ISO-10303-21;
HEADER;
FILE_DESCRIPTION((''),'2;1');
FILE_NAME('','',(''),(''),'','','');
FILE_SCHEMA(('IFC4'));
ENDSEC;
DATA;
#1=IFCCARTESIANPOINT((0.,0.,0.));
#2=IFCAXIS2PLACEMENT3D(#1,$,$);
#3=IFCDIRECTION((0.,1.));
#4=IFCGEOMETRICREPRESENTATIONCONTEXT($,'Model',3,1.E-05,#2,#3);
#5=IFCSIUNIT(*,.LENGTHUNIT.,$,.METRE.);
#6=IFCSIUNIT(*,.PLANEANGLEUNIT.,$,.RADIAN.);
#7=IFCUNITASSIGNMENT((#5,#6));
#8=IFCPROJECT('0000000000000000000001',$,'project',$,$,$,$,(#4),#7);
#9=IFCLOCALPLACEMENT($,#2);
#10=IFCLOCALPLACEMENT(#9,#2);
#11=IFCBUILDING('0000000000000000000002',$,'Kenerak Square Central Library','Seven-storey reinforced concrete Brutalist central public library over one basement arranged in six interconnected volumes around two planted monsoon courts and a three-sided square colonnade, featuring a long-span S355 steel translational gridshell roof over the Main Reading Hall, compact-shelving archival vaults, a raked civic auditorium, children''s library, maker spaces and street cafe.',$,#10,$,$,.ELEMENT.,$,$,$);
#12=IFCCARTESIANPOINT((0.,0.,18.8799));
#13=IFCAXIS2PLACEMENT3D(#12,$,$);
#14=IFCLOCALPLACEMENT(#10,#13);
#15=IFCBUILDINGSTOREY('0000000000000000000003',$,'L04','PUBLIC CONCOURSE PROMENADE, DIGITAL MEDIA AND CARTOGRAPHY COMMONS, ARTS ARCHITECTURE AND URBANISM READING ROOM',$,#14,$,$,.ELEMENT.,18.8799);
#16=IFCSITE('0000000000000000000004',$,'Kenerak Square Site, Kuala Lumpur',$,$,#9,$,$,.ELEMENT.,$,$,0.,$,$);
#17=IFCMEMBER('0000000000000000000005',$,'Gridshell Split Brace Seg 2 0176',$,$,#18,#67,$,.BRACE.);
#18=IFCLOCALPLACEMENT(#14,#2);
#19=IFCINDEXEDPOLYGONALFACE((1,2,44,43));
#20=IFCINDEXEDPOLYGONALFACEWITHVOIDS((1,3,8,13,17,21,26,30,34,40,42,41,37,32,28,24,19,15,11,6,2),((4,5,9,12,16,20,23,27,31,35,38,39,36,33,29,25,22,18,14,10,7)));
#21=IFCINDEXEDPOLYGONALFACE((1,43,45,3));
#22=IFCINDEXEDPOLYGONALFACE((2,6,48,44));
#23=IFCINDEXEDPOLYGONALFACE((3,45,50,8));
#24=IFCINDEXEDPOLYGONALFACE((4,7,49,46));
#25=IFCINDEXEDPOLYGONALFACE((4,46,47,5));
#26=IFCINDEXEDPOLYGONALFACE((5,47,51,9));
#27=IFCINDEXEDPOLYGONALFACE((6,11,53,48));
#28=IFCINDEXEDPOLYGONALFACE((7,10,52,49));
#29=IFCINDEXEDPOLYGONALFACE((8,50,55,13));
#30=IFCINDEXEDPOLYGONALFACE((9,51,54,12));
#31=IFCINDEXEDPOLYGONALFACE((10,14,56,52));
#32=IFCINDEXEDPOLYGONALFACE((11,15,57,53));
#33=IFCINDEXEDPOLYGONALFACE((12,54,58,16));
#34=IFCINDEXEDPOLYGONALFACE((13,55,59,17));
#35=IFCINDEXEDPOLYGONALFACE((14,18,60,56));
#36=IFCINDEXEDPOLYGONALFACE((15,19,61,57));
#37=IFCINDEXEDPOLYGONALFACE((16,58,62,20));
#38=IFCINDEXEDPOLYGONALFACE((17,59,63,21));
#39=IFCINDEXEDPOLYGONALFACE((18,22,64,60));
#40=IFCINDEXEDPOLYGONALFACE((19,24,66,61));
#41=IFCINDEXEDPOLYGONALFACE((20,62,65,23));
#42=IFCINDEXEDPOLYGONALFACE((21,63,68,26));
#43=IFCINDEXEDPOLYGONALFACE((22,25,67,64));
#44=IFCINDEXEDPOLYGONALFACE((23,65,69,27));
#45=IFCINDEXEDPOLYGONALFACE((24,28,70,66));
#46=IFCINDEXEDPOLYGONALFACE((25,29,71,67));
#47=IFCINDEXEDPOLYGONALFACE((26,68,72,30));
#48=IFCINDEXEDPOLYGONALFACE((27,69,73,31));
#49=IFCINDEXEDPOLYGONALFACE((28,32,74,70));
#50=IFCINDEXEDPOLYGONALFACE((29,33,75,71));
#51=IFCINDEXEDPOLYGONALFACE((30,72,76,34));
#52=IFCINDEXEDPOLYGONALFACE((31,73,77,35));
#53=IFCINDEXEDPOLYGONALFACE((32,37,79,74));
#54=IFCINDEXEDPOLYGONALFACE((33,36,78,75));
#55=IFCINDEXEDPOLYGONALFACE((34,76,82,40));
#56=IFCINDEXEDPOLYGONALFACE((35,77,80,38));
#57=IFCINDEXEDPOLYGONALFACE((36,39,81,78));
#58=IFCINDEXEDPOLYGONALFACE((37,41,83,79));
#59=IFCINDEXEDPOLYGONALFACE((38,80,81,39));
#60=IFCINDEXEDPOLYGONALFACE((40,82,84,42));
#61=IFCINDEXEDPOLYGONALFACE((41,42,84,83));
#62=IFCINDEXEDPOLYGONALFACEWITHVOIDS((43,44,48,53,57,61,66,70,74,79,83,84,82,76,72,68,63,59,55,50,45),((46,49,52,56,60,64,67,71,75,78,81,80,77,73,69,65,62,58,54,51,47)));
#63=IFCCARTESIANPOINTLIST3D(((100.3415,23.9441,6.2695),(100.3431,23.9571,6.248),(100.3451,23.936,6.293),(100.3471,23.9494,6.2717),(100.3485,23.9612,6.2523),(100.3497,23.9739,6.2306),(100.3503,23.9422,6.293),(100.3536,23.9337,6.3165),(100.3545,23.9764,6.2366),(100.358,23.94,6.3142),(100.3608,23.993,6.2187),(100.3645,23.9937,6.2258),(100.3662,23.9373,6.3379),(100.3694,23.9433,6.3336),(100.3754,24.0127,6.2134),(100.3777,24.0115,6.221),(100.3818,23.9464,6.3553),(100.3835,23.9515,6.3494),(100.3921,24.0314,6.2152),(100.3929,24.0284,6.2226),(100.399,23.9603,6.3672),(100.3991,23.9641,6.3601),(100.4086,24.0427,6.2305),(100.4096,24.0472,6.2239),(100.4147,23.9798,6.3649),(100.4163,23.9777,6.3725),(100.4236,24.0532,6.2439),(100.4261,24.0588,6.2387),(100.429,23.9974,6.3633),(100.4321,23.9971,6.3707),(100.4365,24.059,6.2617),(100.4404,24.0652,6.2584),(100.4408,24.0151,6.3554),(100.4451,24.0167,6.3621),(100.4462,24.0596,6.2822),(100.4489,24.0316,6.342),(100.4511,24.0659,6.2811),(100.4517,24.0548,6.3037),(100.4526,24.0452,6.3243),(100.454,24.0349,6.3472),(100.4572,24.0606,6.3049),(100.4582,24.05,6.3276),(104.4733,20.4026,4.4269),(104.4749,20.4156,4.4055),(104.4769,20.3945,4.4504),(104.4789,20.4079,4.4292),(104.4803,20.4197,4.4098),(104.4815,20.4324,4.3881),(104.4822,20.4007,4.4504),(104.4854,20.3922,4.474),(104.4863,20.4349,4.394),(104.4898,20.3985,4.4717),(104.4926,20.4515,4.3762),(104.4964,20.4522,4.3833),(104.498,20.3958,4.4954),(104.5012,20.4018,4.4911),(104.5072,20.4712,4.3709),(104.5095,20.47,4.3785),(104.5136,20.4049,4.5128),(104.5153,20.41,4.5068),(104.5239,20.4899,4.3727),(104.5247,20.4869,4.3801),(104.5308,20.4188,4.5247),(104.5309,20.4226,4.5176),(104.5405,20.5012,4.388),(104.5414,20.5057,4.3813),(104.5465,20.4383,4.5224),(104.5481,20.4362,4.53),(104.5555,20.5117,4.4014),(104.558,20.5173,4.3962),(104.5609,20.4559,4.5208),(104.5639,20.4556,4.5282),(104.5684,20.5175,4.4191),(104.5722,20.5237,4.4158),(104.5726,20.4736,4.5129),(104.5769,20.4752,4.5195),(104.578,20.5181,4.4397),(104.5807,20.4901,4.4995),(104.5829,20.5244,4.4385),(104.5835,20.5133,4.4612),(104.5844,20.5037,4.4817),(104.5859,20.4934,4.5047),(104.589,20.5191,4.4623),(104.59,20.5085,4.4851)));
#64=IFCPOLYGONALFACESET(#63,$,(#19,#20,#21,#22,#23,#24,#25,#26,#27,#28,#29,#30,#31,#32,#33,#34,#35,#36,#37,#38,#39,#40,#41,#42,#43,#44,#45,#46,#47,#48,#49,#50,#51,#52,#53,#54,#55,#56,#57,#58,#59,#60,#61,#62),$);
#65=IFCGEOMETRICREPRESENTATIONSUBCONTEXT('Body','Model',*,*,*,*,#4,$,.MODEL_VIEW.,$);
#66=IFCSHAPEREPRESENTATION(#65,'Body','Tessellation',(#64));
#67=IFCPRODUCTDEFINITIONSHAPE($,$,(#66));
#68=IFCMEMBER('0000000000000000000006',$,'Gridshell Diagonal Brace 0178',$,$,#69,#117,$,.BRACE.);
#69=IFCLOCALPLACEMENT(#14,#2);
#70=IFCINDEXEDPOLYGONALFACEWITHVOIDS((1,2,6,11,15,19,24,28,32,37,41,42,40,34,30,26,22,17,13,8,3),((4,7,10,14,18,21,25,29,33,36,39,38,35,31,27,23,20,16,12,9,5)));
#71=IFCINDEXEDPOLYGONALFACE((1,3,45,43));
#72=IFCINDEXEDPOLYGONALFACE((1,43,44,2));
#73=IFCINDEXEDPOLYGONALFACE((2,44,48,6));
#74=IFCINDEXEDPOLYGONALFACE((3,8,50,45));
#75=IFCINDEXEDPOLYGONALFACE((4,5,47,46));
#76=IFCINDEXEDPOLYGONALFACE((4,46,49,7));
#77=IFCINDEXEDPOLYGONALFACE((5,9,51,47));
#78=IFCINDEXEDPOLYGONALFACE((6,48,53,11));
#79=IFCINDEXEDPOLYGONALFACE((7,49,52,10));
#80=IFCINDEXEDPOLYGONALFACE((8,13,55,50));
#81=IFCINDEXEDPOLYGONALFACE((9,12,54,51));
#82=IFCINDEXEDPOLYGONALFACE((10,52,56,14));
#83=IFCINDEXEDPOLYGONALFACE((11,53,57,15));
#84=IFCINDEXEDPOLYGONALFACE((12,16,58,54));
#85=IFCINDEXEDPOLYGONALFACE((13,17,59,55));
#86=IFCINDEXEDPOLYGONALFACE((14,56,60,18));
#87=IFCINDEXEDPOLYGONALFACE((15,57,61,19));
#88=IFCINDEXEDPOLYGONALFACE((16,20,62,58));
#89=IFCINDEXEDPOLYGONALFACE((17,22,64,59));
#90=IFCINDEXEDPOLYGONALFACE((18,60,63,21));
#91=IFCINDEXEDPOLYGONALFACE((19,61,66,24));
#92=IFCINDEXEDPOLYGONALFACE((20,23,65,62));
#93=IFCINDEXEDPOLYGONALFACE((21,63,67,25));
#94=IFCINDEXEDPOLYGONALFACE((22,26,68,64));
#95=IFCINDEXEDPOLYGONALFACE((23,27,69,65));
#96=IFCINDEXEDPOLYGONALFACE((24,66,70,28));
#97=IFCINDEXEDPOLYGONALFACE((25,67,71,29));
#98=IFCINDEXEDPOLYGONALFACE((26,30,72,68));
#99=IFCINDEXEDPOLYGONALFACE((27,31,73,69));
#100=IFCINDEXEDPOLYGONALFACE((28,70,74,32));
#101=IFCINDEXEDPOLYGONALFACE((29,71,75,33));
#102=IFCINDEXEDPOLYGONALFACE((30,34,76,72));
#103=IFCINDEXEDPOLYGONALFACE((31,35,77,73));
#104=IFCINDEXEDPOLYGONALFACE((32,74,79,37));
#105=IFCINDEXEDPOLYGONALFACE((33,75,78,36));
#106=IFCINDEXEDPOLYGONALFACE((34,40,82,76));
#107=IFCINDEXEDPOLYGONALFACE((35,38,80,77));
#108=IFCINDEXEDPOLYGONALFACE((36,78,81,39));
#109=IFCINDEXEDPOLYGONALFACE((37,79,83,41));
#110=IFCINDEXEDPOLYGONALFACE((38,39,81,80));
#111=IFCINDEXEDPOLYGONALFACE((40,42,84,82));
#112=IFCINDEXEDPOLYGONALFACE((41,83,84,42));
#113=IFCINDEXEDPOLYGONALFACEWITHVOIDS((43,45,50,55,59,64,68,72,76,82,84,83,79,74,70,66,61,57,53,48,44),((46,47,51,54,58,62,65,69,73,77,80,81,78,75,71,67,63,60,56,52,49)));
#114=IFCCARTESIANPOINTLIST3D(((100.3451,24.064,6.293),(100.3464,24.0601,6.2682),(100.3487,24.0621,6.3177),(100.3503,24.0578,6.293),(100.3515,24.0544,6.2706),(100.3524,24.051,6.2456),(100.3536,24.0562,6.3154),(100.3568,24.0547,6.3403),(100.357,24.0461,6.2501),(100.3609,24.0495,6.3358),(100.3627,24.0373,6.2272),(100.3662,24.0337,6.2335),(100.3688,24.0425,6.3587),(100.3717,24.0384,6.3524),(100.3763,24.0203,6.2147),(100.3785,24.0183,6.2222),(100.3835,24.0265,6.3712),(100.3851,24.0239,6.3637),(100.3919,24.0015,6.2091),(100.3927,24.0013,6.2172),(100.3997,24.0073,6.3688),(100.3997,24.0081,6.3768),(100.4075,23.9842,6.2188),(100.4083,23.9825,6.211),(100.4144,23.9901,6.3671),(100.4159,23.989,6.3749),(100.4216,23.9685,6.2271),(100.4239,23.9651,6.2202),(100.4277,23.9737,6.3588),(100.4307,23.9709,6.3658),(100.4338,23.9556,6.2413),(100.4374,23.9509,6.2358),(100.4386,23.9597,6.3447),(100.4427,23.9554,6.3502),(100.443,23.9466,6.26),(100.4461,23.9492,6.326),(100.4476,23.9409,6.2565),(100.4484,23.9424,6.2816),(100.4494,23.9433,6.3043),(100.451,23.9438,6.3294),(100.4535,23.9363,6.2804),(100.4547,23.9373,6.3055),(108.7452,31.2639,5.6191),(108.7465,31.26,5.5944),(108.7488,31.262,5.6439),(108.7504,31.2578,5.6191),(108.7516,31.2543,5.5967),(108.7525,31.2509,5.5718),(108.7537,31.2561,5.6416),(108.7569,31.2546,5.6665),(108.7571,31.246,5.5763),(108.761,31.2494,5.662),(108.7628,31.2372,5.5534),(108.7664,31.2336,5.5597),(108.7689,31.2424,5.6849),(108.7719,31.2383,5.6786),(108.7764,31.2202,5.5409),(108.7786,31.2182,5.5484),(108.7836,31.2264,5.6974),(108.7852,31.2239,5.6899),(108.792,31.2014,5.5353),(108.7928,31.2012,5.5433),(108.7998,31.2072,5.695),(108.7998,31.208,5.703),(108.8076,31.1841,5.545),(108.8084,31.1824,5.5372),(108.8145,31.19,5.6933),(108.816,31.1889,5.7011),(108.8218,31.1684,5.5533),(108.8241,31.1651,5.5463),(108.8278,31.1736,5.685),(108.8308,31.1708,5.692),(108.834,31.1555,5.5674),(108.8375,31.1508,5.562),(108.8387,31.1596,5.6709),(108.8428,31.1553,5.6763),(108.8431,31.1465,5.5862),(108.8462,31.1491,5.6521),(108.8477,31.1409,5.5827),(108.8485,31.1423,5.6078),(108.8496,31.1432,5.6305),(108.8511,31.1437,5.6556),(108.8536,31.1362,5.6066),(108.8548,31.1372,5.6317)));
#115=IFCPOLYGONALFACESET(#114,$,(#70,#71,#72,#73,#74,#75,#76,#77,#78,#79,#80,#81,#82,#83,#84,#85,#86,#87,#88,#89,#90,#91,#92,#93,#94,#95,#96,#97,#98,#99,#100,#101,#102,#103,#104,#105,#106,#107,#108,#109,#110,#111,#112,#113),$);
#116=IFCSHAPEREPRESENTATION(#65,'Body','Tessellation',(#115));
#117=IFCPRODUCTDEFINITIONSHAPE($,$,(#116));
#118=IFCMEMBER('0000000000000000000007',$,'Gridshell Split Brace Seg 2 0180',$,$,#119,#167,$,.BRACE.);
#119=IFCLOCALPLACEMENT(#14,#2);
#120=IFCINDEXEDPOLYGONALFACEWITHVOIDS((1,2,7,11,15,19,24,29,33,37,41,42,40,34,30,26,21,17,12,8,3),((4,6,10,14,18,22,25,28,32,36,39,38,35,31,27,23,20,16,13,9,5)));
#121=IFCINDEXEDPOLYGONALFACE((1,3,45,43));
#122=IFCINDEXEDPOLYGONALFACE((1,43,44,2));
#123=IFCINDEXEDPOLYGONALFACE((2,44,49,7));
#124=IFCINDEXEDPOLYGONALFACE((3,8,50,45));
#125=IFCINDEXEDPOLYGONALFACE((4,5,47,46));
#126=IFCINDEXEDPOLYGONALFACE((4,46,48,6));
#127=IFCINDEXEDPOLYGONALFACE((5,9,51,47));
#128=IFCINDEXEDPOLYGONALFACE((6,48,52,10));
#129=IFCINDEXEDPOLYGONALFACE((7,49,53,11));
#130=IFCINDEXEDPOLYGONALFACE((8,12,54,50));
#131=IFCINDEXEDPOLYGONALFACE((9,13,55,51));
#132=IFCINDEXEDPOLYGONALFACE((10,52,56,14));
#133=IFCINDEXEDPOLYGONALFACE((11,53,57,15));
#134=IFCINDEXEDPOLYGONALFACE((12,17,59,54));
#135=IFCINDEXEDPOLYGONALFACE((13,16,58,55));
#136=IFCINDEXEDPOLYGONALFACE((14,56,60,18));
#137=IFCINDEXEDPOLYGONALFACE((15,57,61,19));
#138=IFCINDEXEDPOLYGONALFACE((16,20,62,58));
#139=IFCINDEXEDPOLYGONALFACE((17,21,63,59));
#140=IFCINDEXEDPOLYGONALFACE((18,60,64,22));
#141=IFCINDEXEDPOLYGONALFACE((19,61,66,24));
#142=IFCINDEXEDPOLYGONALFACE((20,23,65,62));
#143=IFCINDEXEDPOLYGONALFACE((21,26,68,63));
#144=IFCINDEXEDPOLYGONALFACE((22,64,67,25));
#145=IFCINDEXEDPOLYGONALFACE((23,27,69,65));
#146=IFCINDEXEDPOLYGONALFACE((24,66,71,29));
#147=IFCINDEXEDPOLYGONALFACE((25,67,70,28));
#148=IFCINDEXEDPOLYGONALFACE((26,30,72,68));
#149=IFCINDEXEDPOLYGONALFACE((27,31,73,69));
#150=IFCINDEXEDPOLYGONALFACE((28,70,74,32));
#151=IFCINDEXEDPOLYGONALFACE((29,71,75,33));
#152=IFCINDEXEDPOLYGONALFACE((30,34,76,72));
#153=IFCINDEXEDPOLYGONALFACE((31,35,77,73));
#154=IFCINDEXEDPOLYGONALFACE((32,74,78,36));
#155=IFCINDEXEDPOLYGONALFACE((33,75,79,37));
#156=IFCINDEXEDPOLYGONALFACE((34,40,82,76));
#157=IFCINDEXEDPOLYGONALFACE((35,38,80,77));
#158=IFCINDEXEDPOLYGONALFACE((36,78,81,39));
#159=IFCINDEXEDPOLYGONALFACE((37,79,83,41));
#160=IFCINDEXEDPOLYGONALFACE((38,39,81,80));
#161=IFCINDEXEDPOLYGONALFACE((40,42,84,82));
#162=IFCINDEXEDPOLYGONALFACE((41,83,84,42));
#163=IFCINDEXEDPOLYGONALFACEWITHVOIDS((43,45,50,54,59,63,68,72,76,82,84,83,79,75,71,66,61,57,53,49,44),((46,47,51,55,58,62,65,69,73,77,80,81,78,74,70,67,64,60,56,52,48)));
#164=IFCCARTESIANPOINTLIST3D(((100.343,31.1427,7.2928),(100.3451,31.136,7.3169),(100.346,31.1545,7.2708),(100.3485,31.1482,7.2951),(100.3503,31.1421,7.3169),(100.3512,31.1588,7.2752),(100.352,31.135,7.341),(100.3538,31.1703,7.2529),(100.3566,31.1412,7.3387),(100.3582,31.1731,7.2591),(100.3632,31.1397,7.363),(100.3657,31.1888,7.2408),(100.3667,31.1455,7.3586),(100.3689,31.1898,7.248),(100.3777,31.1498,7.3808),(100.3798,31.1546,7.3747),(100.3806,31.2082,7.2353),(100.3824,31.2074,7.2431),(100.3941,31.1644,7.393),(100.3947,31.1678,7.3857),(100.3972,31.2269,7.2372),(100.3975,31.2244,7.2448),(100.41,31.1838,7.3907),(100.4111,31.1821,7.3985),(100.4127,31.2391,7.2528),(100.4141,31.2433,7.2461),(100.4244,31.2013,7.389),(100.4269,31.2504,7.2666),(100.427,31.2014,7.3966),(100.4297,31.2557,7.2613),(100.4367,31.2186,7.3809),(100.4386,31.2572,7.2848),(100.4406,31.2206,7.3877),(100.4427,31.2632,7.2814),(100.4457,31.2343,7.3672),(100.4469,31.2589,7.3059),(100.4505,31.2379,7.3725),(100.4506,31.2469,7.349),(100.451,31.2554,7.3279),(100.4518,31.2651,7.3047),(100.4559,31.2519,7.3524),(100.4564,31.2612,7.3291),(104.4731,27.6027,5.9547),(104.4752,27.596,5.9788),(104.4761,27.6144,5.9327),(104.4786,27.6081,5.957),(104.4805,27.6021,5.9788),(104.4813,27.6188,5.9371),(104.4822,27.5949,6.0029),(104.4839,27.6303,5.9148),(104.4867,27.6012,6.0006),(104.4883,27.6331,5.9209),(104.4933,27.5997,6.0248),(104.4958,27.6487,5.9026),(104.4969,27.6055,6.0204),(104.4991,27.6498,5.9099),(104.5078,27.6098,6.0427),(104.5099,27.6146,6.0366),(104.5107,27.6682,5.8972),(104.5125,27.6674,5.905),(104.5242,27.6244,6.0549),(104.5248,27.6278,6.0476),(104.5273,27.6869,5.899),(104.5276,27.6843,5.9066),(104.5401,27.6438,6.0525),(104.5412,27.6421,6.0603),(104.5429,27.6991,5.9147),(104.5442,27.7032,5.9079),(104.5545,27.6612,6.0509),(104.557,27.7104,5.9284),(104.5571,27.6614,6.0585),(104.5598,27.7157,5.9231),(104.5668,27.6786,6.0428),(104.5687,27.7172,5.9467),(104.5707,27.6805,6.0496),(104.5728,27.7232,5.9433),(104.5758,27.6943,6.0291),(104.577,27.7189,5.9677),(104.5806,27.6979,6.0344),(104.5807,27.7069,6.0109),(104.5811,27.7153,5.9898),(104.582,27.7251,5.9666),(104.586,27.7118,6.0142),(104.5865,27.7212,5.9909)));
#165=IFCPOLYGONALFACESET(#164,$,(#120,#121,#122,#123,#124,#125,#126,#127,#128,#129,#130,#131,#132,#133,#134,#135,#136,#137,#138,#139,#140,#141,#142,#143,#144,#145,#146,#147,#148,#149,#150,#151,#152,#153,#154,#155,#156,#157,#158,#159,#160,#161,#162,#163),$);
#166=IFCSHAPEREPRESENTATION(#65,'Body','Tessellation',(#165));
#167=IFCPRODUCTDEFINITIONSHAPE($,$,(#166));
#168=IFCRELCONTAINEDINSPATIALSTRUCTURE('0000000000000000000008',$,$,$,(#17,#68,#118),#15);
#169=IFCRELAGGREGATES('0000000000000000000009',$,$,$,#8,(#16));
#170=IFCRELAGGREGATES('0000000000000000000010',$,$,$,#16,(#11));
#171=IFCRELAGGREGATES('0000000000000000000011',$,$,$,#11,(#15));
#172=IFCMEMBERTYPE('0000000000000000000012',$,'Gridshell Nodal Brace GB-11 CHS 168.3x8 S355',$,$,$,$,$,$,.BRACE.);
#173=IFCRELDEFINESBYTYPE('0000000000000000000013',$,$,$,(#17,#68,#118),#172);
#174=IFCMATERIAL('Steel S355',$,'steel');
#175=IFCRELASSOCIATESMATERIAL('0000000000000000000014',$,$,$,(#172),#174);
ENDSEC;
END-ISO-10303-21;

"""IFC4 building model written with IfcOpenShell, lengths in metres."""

from ifc_helpers import new_model, si_unit, direction, frame, origin, origin_2d, place, context, subcontext, project, spatial, hollow_circle, extrude, material, material_profile, profile_set, type_object, element, save


model = new_model("IFC4")

# Units and contexts
model_context = context("Model", 3, precision=1e-05, world=origin(), true_north=direction((0.0, 1.0)))
body_context = subcontext(model_context, "Body", "Model", "MODEL_VIEW")
ifc_project = project(units=[si_unit("LENGTHUNIT", "METRE"), si_unit("PLANEANGLEUNIT", "RADIAN")], contexts=[model_context])

# Site, building, storey
site_placement = place(None, origin())
site = spatial("IfcSite", under=ifc_project, at=site_placement, Name="Kenerak Square Site, Kuala Lumpur", CompositionType="ELEMENT", RefElevation=0.0)
building_placement = place(site_placement, origin())
building = spatial("IfcBuilding", under=site, at=building_placement, Name="Kenerak Square Central Library", Description="Seven-storey reinforced concrete Brutalist central public library over one basement arranged in six interconnected volumes around two planted monsoon courts and a three-sided square colonnade, featuring a long-span S355 steel translational gridshell roof over the Main Reading Hall, compact-shelving archival vaults, a raked civic auditorium, children's library, maker spaces and street cafe.", CompositionType="ELEMENT")
storey_placement = place(building_placement, frame((0.0, 0.0, 18.8799)))
storey = spatial("IfcBuildingStorey", under=building, at=storey_placement, Name="L04", Description="PUBLIC CONCOURSE PROMENADE, DIGITAL MEDIA AND CARTOGRAPHY COMMONS, ARTS ARCHITECTURE AND URBANISM READING ROOM", CompositionType="ELEMENT", Elevation=18.8799)

# Members
ifc_material = material(Name="Steel S355", Category="steel")
ifc_material_profile_1 = material_profile(ifc_material, hollow_circle(Radius=0.0842, WallThickness=0.0081, at=origin_2d()), Name="CHS 168.3x8.0")
ifc_profile_set_1 = profile_set([ifc_material_profile_1], Name="Steel S355")
member_type_1 = type_object("IfcMemberType", Name="Gridshell Nodal Brace GB-11 CHS 168.3x8 S355", PredefinedType="BRACE", material=ifc_profile_set_1)
member_1_placement = place(storey_placement, frame((104.5317, 20.4585, 4.4504), z_axis=(-0.71916, 0.61641, 0.320698), x_axis=(-0.650784, -0.759263, 0.0)))
element("IfcMember", 1, at=member_1_placement, inside=storey, type_object=member_type_1, Name="Gridshell Split Brace Seg 2 0176", PredefinedType="BRACE", context=body_context, shape_type="SweptSolid", body=[
    extrude(hollow_circle(Radius=0.0842, WallThickness=0.0081, at=origin_2d()), origin(), (0.0, 0.0, 1.0), 5.7454),
])
member_2_placement = place(storey_placement, frame((100.3999, 24.0, 6.293), z_axis=(0.75786, 0.649579, -0.060793), x_axis=(-0.650782, 0.759264, 0.0)))
element("IfcMember", 2, at=member_2_placement, inside=storey, type_object=member_type_1, Name="Gridshell Diagonal Brace 0178", PredefinedType="BRACE", context=body_context, shape_type="SweptSolid", body=[
    extrude(hollow_circle(Radius=0.0842, WallThickness=0.0081, at=origin_2d()), origin(), (0.0, 0.0, 1.0), 11.084),
])
member_3_placement = place(storey_placement, frame((104.53, 27.6599, 5.9788), z_axis=(-0.737283, 0.631944, 0.238875), x_axis=(-0.650784, -0.759263, 0.0)))
element("IfcMember", 3, at=member_3_placement, inside=storey, type_object=member_type_1, Name="Gridshell Split Brace Seg 2 0180", PredefinedType="BRACE", context=body_context, shape_type="SweptSolid", body=[
    extrude(hollow_circle(Radius=0.0842, WallThickness=0.0081, at=origin_2d()), origin(), (0.0, 0.0, 1.0), 5.6018),
])

save(model, "model.ifc")
